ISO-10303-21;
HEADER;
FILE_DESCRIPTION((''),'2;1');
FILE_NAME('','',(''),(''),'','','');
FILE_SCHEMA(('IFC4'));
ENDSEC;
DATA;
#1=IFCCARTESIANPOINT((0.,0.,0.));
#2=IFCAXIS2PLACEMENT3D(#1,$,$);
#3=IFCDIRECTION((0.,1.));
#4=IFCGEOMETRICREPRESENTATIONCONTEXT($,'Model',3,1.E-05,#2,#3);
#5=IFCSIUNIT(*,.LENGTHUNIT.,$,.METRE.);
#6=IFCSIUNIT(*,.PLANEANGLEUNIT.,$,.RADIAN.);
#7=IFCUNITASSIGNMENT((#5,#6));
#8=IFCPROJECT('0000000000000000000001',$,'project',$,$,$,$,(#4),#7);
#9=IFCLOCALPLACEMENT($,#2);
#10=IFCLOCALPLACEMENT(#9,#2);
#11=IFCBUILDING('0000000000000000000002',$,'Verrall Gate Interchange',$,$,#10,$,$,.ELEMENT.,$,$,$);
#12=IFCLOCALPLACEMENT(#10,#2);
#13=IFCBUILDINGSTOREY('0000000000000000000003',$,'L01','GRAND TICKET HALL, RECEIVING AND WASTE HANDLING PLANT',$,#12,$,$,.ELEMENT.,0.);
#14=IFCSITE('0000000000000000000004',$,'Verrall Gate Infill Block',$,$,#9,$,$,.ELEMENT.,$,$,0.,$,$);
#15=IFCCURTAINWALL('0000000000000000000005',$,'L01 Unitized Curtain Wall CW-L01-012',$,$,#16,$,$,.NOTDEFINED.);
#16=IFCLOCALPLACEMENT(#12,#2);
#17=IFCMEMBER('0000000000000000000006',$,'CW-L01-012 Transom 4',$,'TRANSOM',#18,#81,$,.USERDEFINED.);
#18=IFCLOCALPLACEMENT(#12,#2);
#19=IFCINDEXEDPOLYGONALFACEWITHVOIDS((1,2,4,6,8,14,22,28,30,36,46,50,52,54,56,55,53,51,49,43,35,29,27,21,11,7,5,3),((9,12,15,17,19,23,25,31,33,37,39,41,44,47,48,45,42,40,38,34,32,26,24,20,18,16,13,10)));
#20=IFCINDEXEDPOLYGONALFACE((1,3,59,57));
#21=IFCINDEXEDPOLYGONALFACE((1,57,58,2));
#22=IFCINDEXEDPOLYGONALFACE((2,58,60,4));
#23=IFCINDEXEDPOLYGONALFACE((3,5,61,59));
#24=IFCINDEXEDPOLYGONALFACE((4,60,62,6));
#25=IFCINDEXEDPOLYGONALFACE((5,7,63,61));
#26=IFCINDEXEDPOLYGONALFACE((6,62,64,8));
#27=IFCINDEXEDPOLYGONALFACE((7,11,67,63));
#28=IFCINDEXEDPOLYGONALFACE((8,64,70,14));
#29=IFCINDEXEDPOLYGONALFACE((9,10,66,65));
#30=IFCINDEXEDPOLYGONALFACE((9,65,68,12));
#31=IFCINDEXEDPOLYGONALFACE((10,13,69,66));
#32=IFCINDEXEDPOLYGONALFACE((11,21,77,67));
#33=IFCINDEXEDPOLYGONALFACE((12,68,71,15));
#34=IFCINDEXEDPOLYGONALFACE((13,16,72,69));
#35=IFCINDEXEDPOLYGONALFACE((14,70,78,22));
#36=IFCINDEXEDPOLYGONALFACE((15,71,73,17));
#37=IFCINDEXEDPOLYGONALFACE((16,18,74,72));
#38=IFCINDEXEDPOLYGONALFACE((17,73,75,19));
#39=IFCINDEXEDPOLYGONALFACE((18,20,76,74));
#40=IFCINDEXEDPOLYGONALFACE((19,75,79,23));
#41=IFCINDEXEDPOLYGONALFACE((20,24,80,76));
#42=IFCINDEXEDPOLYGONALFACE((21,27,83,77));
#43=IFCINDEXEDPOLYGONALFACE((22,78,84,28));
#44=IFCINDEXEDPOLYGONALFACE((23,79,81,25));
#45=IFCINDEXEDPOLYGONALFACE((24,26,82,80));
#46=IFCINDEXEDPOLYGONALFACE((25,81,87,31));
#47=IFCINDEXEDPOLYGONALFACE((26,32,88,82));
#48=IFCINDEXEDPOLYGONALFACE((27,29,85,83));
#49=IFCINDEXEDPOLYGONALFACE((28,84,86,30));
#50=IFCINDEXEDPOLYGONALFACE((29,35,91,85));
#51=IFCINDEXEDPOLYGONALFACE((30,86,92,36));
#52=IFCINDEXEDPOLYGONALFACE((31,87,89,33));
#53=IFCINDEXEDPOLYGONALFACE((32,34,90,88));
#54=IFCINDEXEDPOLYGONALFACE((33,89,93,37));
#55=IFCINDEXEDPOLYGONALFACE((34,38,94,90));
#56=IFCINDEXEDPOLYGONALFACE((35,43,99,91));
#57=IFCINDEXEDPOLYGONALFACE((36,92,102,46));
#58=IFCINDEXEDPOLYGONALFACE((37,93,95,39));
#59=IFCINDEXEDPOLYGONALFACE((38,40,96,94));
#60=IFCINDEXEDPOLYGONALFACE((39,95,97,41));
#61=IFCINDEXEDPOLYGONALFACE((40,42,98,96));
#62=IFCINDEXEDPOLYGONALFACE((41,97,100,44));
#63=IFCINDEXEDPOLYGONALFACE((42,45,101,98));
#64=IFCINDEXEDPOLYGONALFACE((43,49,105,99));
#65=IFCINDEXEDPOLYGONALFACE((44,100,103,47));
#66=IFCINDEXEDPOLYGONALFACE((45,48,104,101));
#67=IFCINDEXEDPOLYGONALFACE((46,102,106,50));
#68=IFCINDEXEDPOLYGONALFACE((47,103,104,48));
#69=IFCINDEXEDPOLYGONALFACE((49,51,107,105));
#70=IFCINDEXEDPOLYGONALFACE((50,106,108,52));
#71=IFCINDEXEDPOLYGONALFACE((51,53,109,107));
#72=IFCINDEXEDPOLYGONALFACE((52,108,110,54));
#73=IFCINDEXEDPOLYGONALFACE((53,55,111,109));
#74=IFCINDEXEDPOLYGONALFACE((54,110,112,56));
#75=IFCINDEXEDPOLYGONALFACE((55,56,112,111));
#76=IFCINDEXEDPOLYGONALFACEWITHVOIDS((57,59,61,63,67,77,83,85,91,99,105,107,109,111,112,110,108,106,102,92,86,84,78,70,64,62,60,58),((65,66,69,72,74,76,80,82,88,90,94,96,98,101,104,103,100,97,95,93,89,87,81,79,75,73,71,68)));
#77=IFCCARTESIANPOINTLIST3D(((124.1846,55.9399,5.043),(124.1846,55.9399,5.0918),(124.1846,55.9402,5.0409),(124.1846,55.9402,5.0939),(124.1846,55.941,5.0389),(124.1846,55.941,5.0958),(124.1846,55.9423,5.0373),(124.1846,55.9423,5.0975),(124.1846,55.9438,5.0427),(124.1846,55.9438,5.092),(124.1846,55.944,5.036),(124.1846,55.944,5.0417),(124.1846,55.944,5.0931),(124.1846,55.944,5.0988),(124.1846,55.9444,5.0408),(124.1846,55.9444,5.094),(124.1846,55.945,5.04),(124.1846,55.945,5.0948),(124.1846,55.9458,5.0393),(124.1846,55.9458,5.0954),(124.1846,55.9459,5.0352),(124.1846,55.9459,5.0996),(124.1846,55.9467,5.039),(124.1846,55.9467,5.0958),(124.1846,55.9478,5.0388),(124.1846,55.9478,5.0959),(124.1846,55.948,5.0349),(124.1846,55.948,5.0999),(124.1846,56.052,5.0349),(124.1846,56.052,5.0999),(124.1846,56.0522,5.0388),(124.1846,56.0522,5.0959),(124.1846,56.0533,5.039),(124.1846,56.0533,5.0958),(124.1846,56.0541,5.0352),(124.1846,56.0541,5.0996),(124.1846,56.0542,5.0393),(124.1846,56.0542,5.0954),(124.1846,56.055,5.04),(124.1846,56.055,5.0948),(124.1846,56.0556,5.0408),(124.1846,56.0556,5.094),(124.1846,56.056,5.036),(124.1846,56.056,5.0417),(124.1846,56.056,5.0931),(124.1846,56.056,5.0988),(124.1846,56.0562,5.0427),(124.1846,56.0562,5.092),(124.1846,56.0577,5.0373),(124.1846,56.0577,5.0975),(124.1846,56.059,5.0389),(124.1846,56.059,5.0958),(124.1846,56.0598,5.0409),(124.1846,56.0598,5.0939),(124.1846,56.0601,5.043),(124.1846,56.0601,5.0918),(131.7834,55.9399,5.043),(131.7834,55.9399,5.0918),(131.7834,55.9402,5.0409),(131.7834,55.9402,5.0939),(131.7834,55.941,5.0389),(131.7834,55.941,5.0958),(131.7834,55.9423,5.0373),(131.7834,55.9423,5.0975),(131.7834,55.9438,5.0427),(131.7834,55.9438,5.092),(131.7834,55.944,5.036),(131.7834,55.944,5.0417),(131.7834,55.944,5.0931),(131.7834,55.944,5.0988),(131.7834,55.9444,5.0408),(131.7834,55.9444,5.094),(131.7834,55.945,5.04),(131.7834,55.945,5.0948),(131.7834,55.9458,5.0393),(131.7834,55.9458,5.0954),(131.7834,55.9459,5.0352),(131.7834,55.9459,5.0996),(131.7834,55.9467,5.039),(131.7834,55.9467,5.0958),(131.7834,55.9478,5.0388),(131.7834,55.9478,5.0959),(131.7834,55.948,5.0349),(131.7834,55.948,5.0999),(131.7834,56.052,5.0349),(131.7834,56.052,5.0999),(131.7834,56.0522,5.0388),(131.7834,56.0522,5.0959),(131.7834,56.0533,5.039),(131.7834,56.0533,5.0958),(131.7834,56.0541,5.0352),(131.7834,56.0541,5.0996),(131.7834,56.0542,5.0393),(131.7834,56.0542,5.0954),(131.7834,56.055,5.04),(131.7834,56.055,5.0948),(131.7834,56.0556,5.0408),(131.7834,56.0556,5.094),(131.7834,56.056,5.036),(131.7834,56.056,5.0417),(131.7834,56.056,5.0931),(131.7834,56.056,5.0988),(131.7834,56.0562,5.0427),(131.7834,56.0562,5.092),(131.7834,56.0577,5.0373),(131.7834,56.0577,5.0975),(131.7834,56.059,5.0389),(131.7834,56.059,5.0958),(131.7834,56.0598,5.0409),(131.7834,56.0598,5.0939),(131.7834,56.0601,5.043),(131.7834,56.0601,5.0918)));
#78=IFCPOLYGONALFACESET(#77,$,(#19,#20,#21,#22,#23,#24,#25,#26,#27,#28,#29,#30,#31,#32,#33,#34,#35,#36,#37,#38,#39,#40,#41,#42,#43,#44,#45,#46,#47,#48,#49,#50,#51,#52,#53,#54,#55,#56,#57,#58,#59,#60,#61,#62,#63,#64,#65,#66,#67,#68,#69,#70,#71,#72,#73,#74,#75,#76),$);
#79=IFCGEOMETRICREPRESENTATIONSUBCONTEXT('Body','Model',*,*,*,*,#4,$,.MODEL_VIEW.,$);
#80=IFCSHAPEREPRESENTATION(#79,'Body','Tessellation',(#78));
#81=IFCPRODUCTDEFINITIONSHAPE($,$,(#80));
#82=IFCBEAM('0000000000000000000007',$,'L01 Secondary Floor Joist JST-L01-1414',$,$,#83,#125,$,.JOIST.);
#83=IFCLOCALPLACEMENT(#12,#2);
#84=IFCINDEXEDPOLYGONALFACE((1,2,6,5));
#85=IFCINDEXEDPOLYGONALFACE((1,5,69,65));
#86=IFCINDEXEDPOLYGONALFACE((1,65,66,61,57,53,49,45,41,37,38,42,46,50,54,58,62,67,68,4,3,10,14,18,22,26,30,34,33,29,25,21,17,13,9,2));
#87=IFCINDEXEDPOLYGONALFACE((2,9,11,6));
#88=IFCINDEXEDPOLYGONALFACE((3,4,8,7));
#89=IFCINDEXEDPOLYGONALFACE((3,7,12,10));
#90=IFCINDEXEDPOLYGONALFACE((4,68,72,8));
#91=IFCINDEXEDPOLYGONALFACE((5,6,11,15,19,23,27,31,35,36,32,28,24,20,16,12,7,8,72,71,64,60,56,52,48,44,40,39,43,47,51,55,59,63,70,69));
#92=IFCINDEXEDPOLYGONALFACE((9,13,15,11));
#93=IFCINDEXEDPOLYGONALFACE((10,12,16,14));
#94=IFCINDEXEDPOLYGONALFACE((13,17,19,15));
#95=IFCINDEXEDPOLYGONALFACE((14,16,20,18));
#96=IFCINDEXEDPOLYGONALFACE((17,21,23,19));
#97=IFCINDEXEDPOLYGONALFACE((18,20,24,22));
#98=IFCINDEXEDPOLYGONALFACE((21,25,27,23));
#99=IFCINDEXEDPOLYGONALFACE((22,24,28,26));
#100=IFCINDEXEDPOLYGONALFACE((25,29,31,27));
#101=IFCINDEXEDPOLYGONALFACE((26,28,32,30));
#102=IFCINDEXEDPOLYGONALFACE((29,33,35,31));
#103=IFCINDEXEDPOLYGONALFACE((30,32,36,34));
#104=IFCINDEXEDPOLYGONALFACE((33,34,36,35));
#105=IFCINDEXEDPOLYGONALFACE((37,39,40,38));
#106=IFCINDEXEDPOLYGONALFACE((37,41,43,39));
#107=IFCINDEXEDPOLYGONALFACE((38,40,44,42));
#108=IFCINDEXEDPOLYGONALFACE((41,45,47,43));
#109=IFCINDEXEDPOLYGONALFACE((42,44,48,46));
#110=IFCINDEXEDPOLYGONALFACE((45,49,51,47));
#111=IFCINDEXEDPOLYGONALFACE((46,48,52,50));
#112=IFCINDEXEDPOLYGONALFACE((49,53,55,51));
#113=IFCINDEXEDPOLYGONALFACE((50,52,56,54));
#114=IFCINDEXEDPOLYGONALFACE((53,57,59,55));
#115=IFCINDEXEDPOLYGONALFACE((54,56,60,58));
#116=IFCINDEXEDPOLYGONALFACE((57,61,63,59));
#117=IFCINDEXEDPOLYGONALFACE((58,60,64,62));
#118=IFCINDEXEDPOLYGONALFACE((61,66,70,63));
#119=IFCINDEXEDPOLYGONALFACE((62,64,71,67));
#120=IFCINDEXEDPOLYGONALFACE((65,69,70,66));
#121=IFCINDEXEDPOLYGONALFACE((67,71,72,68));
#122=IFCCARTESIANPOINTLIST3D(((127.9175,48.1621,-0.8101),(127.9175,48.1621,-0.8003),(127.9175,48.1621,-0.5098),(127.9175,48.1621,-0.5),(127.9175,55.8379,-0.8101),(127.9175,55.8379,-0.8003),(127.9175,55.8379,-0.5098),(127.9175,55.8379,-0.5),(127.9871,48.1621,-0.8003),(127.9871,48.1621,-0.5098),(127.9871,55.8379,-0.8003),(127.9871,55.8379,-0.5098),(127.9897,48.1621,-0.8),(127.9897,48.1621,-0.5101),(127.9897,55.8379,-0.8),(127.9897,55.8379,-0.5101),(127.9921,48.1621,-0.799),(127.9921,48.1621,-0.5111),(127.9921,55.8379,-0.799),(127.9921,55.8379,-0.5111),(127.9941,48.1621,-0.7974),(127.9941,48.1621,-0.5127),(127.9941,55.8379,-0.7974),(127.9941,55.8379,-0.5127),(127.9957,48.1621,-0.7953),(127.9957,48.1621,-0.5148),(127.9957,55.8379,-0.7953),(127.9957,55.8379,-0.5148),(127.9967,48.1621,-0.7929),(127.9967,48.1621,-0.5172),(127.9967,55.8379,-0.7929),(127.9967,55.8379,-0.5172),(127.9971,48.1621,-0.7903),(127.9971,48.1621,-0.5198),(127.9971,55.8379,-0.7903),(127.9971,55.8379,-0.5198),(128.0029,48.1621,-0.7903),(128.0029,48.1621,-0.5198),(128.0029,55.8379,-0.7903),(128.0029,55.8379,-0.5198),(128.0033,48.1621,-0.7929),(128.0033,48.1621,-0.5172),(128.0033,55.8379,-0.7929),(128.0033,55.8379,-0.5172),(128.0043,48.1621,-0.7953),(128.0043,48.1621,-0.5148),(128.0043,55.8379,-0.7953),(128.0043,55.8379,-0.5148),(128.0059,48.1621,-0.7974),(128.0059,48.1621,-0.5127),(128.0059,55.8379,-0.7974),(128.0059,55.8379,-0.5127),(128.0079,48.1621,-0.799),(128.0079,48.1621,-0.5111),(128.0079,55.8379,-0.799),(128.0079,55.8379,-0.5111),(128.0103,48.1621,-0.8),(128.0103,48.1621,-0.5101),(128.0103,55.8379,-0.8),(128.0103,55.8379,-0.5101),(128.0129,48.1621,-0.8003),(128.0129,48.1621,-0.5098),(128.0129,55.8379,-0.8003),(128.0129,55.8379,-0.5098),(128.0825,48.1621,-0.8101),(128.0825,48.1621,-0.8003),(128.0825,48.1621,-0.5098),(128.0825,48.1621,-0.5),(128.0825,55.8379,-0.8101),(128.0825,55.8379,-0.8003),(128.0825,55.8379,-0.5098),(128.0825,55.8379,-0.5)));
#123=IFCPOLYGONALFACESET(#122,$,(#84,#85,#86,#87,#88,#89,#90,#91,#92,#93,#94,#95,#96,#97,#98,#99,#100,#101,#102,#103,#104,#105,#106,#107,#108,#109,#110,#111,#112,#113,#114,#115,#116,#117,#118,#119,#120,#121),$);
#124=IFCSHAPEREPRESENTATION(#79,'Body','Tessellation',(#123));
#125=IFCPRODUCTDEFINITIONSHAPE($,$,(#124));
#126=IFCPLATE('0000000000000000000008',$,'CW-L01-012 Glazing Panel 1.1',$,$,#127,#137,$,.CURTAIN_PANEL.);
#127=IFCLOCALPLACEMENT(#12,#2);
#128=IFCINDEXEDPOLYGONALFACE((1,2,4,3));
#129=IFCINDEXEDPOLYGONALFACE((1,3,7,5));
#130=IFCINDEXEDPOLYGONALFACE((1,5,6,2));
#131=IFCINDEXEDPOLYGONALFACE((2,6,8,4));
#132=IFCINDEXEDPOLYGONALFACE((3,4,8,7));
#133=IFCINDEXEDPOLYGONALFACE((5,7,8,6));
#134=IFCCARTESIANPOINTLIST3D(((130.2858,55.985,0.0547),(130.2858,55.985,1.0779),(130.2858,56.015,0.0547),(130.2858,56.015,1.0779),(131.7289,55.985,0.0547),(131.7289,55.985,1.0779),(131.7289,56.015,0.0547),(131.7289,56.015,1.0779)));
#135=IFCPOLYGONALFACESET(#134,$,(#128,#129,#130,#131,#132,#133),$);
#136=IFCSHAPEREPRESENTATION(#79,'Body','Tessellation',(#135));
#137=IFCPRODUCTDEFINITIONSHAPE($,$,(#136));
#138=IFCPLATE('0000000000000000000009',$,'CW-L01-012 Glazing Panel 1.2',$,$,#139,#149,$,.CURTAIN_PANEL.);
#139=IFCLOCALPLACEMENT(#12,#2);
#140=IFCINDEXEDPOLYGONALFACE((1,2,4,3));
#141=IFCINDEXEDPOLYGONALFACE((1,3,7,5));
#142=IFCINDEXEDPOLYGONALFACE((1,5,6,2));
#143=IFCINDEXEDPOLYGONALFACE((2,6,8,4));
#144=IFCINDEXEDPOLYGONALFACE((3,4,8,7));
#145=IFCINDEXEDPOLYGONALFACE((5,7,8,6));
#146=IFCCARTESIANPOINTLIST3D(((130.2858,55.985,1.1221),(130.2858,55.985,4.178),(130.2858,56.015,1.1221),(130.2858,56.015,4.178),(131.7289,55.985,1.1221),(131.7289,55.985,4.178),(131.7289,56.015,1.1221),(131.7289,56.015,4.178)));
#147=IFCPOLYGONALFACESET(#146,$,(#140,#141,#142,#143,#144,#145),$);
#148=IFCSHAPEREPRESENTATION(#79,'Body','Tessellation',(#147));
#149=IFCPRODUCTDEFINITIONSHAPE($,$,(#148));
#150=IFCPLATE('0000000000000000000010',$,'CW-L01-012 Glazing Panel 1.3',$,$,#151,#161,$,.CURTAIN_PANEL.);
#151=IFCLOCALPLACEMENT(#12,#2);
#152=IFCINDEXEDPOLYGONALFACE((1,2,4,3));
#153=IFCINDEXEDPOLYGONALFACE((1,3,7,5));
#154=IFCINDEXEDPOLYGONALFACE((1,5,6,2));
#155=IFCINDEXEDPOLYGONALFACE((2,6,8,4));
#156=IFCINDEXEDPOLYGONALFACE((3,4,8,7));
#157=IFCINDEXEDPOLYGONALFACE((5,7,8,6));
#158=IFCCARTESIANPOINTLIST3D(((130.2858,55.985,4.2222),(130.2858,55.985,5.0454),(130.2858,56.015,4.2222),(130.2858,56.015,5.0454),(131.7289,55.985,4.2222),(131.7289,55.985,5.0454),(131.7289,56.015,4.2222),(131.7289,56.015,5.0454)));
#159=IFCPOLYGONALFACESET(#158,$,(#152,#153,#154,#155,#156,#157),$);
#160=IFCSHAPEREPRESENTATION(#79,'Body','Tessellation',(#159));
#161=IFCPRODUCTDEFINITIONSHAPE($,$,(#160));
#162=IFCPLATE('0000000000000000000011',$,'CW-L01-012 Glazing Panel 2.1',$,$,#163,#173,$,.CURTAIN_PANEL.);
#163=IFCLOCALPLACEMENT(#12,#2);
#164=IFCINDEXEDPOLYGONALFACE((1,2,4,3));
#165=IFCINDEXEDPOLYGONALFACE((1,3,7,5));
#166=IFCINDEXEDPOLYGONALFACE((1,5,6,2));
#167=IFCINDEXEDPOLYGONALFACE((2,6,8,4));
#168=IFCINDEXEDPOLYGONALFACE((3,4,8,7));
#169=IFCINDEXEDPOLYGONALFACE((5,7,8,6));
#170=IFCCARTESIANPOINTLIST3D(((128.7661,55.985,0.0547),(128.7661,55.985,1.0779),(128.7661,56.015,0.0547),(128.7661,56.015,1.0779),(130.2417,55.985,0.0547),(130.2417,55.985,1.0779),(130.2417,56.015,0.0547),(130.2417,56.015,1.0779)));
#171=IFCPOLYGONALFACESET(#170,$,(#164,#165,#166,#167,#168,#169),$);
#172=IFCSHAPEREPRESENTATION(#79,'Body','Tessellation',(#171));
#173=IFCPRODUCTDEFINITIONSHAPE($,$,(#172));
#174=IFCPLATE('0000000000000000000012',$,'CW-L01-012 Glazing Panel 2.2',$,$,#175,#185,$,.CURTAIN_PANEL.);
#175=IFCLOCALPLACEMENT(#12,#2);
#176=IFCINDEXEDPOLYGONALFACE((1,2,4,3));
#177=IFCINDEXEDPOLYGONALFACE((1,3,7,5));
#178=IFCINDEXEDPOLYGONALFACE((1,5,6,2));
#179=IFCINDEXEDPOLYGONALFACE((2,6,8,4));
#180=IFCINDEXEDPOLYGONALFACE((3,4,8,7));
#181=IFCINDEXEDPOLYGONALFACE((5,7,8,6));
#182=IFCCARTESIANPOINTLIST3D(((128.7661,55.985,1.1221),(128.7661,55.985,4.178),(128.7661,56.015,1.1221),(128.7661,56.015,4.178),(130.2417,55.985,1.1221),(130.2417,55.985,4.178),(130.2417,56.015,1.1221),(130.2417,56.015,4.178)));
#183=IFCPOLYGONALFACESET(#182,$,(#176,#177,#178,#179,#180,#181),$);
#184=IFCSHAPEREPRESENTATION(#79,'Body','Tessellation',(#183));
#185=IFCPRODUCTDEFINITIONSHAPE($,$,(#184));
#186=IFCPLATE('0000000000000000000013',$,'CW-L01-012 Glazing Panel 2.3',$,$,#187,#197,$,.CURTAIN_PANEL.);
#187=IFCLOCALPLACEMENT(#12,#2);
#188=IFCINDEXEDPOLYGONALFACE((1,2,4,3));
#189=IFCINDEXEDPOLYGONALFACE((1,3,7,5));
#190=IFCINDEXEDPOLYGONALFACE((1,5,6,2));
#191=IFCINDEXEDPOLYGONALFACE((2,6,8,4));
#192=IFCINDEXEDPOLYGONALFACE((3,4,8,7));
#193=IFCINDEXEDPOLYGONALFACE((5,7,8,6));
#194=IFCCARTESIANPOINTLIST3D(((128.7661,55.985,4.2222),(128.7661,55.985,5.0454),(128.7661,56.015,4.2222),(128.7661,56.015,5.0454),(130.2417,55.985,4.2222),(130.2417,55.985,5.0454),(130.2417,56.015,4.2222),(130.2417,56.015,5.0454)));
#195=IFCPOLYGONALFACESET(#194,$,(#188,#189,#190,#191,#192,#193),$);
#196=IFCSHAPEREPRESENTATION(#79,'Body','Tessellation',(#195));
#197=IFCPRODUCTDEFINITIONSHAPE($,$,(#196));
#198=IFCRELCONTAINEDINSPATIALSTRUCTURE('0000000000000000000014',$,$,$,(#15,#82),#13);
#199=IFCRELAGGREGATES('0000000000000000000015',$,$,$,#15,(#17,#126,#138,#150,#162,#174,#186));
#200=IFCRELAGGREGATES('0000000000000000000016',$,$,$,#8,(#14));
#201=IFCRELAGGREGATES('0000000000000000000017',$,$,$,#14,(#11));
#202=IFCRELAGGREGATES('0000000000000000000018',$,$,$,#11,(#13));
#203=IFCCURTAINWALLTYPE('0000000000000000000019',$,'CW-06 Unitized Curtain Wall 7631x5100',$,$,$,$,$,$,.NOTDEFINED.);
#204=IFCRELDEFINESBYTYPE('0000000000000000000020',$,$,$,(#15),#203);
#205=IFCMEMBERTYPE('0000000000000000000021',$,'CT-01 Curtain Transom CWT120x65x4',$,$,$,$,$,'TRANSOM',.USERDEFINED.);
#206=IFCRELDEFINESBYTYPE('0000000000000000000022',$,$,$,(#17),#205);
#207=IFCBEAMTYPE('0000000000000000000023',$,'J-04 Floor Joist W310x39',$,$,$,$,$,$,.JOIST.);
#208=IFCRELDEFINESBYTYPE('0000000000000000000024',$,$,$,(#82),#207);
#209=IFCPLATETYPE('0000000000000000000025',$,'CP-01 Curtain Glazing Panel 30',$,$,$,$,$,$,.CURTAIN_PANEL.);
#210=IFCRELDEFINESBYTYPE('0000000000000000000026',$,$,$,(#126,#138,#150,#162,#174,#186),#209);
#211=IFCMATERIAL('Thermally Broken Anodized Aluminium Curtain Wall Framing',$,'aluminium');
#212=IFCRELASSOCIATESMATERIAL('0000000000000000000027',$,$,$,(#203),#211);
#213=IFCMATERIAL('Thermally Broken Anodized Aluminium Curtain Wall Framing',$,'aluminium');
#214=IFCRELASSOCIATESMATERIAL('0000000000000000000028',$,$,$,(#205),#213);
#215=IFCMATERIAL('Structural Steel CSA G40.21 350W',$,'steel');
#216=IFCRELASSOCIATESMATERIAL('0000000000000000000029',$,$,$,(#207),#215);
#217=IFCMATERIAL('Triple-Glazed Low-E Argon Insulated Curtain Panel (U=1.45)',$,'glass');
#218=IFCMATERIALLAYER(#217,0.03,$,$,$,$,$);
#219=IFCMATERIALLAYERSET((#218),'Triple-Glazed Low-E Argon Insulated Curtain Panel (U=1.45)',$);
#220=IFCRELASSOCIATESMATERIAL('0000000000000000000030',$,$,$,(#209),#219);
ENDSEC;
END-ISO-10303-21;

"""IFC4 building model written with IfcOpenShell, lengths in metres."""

from ifc_helpers import new_model, si_unit, direction, frame, origin, origin_2d, place, context, subcontext, project, spatial, rectangle, hollow_rectangle, i_section, extrude, material, layer, layer_set, material_profile, profile_set, type_object, element, aggregate, save


model = new_model("IFC4")

# Units and contexts
model_context = context("Model", 3, precision=1e-05, world=origin(), true_north=direction((0.0, 1.0)))
body_context = subcontext(model_context, "Body", "Model", "MODEL_VIEW")
ifc_project = project(units=[si_unit("LENGTHUNIT", "METRE"), si_unit("PLANEANGLEUNIT", "RADIAN")], contexts=[model_context])

# Site, building, storey
site_placement = place(None, origin())
site = spatial("IfcSite", under=ifc_project, at=site_placement, Name="Verrall Gate Infill Block", CompositionType="ELEMENT", RefElevation=0.0)
building_placement = place(site_placement, origin())
building = spatial("IfcBuilding", under=site, at=building_placement, Name="Verrall Gate Interchange", CompositionType="ELEMENT")
storey_placement = place(building_placement, origin())
storey = spatial("IfcBuildingStorey", under=building, at=storey_placement, Name="L01", Description="GRAND TICKET HALL, RECEIVING AND WASTE HANDLING PLANT", CompositionType="ELEMENT", Elevation=0.0)

# Curtain wall
ifc_material_1 = material(Name="Thermally Broken Anodized Aluminium Curtain Wall Framing", Category="aluminium")
curtain_wall_type = type_object("IfcCurtainWallType", Name="CW-06 Unitized Curtain Wall 7631x5100", PredefinedType="NOTDEFINED", material=ifc_material_1)
curtain_wall_1_placement = place(storey_placement, origin())
curtain_wall_1 = element("IfcCurtainWall", 1, at=curtain_wall_1_placement, inside=storey, type_object=curtain_wall_type, Name="L01 Unitized Curtain Wall CW-L01-012", PredefinedType="NOTDEFINED")

# Member
ifc_material_2 = material(Name="Thermally Broken Anodized Aluminium Curtain Wall Framing", Category="aluminium")
ifc_material_profile_1 = material_profile(ifc_material_2, hollow_rectangle(XDim=0.1201, YDim=0.0649, WallThickness=0.0039, InnerFilletRadius=0.0039, OuterFilletRadius=0.0081, at=origin_2d()), Name="CWT120x65x4")
ifc_profile_set_1 = profile_set([ifc_material_profile_1], Name="Thermally Broken Anodized Aluminium Curtain Wall Framing")
member_type_1 = type_object("IfcMemberType", Name="CT-01 Curtain Transom CWT120x65x4", ElementType="TRANSOM", PredefinedType="USERDEFINED", material=ifc_profile_set_1)
member_1_placement = place(storey_placement, frame((131.7834, 56.0, 5.0674), z_axis=(-1.0, 0.0, 0.0), x_axis=(0.0, -1.0, 0.0)))
member_1 = element("IfcMember", 2, at=member_1_placement, type_object=member_type_1, Name="CW-L01-012 Transom 4", ObjectType="TRANSOM", PredefinedType="USERDEFINED", context=body_context, shape_type="SweptSolid", body=[
    extrude(hollow_rectangle(XDim=0.1201, YDim=0.0649, WallThickness=0.0039, InnerFilletRadius=0.0039, OuterFilletRadius=0.0081, at=origin_2d()), origin(), (0.0, 0.0, 1.0), 7.5989),
])

# Beam
ifc_material_3 = material(Name="Structural Steel CSA G40.21 350W", Category="steel")
ifc_material_profile_2 = material_profile(ifc_material_3, i_section(OverallWidth=0.165, OverallDepth=0.3101, WebThickness=0.0059, FlangeThickness=0.0098, FilletRadius=0.01, at=origin_2d()), Name="W310x39")
ifc_profile_set_2 = profile_set([ifc_material_profile_2], Name="Structural Steel CSA G40.21 350W")
beam_type = type_object("IfcBeamType", Name="J-04 Floor Joist W310x39", PredefinedType="JOIST", material=ifc_profile_set_2)
beam_placement = place(storey_placement, frame((128.0, 48.1621, -0.655), z_axis=(0.0, 1.0, 0.0), x_axis=(-1.0, 0.0, 0.0)))
element("IfcBeam", 3, at=beam_placement, inside=storey, type_object=beam_type, Name="L01 Secondary Floor Joist JST-L01-1414", PredefinedType="JOIST", context=body_context, shape_type="SweptSolid", body=[
    extrude(i_section(OverallWidth=0.165, OverallDepth=0.3101, WebThickness=0.0059, FlangeThickness=0.0098, FilletRadius=0.01, at=origin_2d()), origin(), (0.0, 0.0, 1.0), 7.6758),
])

# Plates
ifc_material_4 = material(Name="Triple-Glazed Low-E Argon Insulated Curtain Panel (U=1.45)", Category="glass")
ifc_layer_1 = layer(ifc_material_4, 0.03)
ifc_layer_set_1 = layer_set([ifc_layer_1], Name="Triple-Glazed Low-E Argon Insulated Curtain Panel (U=1.45)")
plate_type_1 = type_object("IfcPlateType", Name="CP-01 Curtain Glazing Panel 30", PredefinedType="CURTAIN_PANEL", material=ifc_layer_set_1)
plate_1_placement = place(storey_placement, frame((131.0073, 56.0, 0.0547), z_axis=(0.0, 0.0, 1.0), x_axis=(-1.0, 0.0, 0.0)))
plate_1 = element("IfcPlate", 4, at=plate_1_placement, type_object=plate_type_1, Name="CW-L01-012 Glazing Panel 1.1", PredefinedType="CURTAIN_PANEL", context=body_context, shape_type="SweptSolid", body=[
    extrude(rectangle(XDim=1.4431, YDim=0.03, at=origin_2d()), origin(), (0.0, 0.0, 1.0), 1.0232),
])
plate_2_placement = place(storey_placement, frame((131.0073, 56.0, 1.1221), z_axis=(0.0, 0.0, 1.0), x_axis=(-1.0, 0.0, 0.0)))
plate_2 = element("IfcPlate", 5, at=plate_2_placement, type_object=plate_type_1, Name="CW-L01-012 Glazing Panel 1.2", PredefinedType="CURTAIN_PANEL", context=body_context, shape_type="SweptSolid", body=[
    extrude(rectangle(XDim=1.4431, YDim=0.03, at=origin_2d()), origin(), (0.0, 0.0, 1.0), 3.0559),
])
plate_3_placement = place(storey_placement, frame((131.0073, 56.0, 4.2222), z_axis=(0.0, 0.0, 1.0), x_axis=(-1.0, 0.0, 0.0)))
plate_3 = element("IfcPlate", 6, at=plate_3_placement, type_object=plate_type_1, Name="CW-L01-012 Glazing Panel 1.3", PredefinedType="CURTAIN_PANEL", context=body_context, shape_type="SweptSolid", body=[
    extrude(rectangle(XDim=1.4431, YDim=0.03, at=origin_2d()), origin(), (0.0, 0.0, 1.0), 0.8232),
])
plate_4_placement = place(storey_placement, frame((129.5039, 56.0, 0.0547), z_axis=(0.0, 0.0, 1.0), x_axis=(-1.0, 0.0, 0.0)))
plate_4 = element("IfcPlate", 7, at=plate_4_placement, type_object=plate_type_1, Name="CW-L01-012 Glazing Panel 2.1", PredefinedType="CURTAIN_PANEL", context=body_context, shape_type="SweptSolid", body=[
    extrude(rectangle(XDim=1.4756, YDim=0.03, at=origin_2d()), origin(), (0.0, 0.0, 1.0), 1.0232),
])
plate_5_placement = place(storey_placement, frame((129.5039, 56.0, 1.1221), z_axis=(0.0, 0.0, 1.0), x_axis=(-1.0, 0.0, 0.0)))
plate_5 = element("IfcPlate", 8, at=plate_5_placement, type_object=plate_type_1, Name="CW-L01-012 Glazing Panel 2.2", PredefinedType="CURTAIN_PANEL", context=body_context, shape_type="SweptSolid", body=[
    extrude(rectangle(XDim=1.4756, YDim=0.03, at=origin_2d()), origin(), (0.0, 0.0, 1.0), 3.0559),
])
plate_6_placement = place(storey_placement, frame((129.5039, 56.0, 4.2222), z_axis=(0.0, 0.0, 1.0), x_axis=(-1.0, 0.0, 0.0)))
plate_6 = element("IfcPlate", 9, at=plate_6_placement, type_object=plate_type_1, Name="CW-L01-012 Glazing Panel 2.3", PredefinedType="CURTAIN_PANEL", context=body_context, shape_type="SweptSolid", body=[
    extrude(rectangle(XDim=1.4756, YDim=0.03, at=origin_2d()), origin(), (0.0, 0.0, 1.0), 0.8232),
])
aggregate(curtain_wall_1, [member_1, plate_1, plate_2, plate_3, plate_4, plate_5, plate_6])

save(model, "model.ifc")
